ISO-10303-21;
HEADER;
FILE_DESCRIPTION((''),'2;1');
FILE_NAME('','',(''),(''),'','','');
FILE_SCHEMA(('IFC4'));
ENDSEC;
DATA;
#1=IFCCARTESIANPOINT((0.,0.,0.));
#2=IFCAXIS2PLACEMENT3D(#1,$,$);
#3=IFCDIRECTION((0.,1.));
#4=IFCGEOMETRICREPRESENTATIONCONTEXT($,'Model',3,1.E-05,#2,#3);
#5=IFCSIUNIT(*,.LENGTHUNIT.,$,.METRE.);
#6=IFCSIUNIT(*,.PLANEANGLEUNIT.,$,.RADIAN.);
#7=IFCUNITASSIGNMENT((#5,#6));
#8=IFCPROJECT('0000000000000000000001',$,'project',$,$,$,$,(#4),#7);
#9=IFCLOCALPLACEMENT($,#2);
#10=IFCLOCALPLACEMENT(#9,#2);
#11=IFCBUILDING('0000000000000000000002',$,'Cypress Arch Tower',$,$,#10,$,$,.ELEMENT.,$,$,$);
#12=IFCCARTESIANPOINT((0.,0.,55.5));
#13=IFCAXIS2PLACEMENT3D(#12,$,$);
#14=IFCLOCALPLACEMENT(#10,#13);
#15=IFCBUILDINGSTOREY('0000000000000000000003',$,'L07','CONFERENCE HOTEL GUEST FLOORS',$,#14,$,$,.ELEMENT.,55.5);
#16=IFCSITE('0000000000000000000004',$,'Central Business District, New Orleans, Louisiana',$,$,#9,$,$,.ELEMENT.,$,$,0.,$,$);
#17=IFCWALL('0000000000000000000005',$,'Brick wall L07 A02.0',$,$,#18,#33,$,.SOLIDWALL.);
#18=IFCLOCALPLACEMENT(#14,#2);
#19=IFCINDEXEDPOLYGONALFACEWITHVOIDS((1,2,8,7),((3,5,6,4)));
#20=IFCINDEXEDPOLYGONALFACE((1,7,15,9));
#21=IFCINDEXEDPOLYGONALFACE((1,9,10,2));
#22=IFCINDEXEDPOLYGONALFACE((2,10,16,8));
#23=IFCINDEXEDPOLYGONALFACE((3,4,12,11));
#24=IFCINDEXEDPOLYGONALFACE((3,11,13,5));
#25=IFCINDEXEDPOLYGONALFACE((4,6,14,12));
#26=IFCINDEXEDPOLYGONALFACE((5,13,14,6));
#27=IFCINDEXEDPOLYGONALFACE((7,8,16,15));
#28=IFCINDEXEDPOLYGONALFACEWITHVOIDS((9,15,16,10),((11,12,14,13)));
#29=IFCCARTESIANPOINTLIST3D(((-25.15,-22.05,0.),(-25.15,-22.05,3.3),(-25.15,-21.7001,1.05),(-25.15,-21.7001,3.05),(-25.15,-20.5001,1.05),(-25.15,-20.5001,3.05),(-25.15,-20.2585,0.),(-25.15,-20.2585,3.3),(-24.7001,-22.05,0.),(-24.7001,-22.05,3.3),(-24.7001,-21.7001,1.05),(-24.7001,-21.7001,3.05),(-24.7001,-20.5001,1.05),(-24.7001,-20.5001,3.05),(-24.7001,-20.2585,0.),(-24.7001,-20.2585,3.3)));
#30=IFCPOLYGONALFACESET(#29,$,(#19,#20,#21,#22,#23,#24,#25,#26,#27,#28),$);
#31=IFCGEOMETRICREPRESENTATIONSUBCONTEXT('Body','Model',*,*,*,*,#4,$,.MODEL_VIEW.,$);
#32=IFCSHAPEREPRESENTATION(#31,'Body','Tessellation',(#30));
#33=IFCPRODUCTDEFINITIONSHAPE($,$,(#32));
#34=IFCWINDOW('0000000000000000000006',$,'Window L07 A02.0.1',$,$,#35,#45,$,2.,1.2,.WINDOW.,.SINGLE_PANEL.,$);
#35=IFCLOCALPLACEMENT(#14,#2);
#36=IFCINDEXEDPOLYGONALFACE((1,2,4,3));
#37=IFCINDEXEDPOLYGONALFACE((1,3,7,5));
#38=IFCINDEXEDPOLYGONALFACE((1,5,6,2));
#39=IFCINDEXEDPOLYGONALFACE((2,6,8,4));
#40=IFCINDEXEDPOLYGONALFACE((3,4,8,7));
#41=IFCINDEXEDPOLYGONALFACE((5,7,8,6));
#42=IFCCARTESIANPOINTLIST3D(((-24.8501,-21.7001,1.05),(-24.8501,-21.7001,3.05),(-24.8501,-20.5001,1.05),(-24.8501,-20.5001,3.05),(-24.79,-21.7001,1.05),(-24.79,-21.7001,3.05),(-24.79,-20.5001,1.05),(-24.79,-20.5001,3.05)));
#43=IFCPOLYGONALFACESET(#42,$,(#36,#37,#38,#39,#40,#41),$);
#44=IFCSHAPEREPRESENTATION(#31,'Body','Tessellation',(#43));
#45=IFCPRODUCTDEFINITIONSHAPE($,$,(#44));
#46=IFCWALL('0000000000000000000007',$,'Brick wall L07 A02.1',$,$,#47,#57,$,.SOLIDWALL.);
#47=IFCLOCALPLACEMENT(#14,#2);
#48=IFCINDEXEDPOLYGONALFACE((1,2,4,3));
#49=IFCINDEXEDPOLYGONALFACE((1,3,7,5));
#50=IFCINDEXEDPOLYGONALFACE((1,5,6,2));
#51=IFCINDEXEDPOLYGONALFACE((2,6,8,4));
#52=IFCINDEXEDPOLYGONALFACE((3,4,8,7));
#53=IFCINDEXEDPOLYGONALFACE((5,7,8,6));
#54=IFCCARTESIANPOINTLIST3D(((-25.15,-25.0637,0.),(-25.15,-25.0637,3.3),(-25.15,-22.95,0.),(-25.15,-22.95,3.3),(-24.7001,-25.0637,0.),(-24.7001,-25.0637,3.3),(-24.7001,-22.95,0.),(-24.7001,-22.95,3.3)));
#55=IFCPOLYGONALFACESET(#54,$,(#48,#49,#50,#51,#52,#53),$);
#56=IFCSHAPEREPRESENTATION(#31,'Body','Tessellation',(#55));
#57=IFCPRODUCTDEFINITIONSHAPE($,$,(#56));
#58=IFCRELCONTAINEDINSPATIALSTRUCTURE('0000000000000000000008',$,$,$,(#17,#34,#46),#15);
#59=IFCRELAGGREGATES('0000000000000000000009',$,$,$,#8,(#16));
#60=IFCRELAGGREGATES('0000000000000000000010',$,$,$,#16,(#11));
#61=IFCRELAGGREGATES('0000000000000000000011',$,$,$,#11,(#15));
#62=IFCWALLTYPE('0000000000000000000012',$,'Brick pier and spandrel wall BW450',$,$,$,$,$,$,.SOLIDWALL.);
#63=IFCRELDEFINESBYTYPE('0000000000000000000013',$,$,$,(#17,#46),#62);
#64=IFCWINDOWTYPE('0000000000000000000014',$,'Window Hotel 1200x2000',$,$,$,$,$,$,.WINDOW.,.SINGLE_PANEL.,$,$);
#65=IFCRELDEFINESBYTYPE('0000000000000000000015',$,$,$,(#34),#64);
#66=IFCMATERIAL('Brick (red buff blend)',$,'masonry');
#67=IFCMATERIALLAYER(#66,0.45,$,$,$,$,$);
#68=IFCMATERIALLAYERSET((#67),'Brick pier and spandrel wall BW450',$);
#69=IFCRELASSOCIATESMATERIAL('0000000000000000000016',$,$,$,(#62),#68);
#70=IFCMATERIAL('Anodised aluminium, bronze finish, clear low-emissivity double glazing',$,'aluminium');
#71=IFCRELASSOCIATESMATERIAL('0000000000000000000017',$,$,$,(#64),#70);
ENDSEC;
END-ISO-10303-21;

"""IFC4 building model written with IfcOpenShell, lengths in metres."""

from ifc_helpers import new_model, si_unit, direction, frame, frame_2d, origin, place, context, subcontext, project, spatial, rectangle, extrude, material, layer, layer_set, type_object, element, fill, save


model = new_model("IFC4")

# Units and contexts
model_context = context("Model", 3, precision=1e-05, world=origin(), true_north=direction((0.0, 1.0)))
body_context = subcontext(model_context, "Body", "Model", "MODEL_VIEW")
ifc_project = project(units=[si_unit("LENGTHUNIT", "METRE"), si_unit("PLANEANGLEUNIT", "RADIAN")], contexts=[model_context])

# Site, building, storey
site_placement = place(None, origin())
site = spatial("IfcSite", under=ifc_project, at=site_placement, Name="Central Business District, New Orleans, Louisiana", CompositionType="ELEMENT", RefElevation=0.0)
building_placement = place(site_placement, origin())
building = spatial("IfcBuilding", under=site, at=building_placement, Name="Cypress Arch Tower", CompositionType="ELEMENT")
storey_placement = place(building_placement, frame((0.0, 0.0, 55.5)))
storey = spatial("IfcBuildingStorey", under=building, at=storey_placement, Name="L07", Description="CONFERENCE HOTEL GUEST FLOORS", CompositionType="ELEMENT", Elevation=55.5)

# Wall, opening, window
ifc_material_1 = material(Name="Brick (red buff blend)", Category="masonry")
ifc_layer_1 = layer(ifc_material_1, 0.45)
ifc_layer_set_1 = layer_set([ifc_layer_1], Name="Brick pier and spandrel wall BW450")
wall_type_1 = type_object("IfcWallType", Name="Brick pier and spandrel wall BW450", PredefinedType="SOLIDWALL", material=ifc_layer_set_1)
wall_1_placement = place(storey_placement, frame((-24.925, -20.2585, 0.0), z_axis=(0.0, 0.0, 1.0), x_axis=(0.0, -1.0, 0.0)))
wall_1 = element("IfcWall", 1, at=wall_1_placement, inside=storey, type_object=wall_type_1, Name="Brick wall L07 A02.0", PredefinedType="SOLIDWALL", context=body_context, shape_type="SweptSolid", body=[
    extrude(rectangle(XDim=1.7915, YDim=0.45, at=frame_2d((0.8958, 0.0))), origin(), (0.0, 0.0, 1.0), 3.3),
])
opening_1_placement = place(wall_1_placement, frame((0.2415, 0.0, 1.05)))
opening_1 = element("IfcOpeningElement", 2, at=opening_1_placement, cuts=wall_1, PredefinedType="OPENING", context=body_context, shape_type="SweptSolid", body=[
    extrude(rectangle(XDim=1.2, YDim=2.0, at=frame_2d((0.6001, 1.0))), frame((0.0, 0.2349, 0.0), z_axis=(0.0, -1.0, 0.0), x_axis=(1.0, 0.0, 0.0)), (0.0, 0.0, 1.0), 0.47),
])
ifc_material_2 = material(Name="Anodised aluminium, bronze finish, clear low-emissivity double glazing", Category="aluminium")
window_type_1 = type_object("IfcWindowType", Name="Window Hotel 1200x2000", PartitioningType="SINGLE_PANEL", PredefinedType="WINDOW", material=ifc_material_2)
window_1_placement = place(opening_1_placement, origin())
window_1 = element("IfcWindow", 3, at=window_1_placement, inside=storey, type_object=window_type_1, Name="Window L07 A02.0.1", OverallHeight=2.0, OverallWidth=1.2, PartitioningType="SINGLE_PANEL", PredefinedType="WINDOW", context=body_context, shape_type="SweptSolid", body=[
    extrude(rectangle(XDim=1.2, YDim=2.0, at=frame_2d((0.6001, 1.0))), frame((0.0, 0.135, 0.0), z_axis=(0.0, -1.0, 0.0), x_axis=(1.0, 0.0, 0.0)), (0.0, 0.0, 1.0), 0.0601),
])
fill(opening_1, window_1)

# Wall
wall_2_placement = place(storey_placement, frame((-24.925, -22.95, 0.0), z_axis=(0.0, 0.0, 1.0), x_axis=(0.0, -1.0, 0.0)))
element("IfcWall", 4, at=wall_2_placement, inside=storey, type_object=wall_type_1, Name="Brick wall L07 A02.1", PredefinedType="SOLIDWALL", context=body_context, shape_type="SweptSolid", body=[
    extrude(rectangle(XDim=2.1138, YDim=0.45, at=frame_2d((1.0569, 0.0))), origin(), (0.0, 0.0, 1.0), 3.3),
])

save(model, "model.ifc")
